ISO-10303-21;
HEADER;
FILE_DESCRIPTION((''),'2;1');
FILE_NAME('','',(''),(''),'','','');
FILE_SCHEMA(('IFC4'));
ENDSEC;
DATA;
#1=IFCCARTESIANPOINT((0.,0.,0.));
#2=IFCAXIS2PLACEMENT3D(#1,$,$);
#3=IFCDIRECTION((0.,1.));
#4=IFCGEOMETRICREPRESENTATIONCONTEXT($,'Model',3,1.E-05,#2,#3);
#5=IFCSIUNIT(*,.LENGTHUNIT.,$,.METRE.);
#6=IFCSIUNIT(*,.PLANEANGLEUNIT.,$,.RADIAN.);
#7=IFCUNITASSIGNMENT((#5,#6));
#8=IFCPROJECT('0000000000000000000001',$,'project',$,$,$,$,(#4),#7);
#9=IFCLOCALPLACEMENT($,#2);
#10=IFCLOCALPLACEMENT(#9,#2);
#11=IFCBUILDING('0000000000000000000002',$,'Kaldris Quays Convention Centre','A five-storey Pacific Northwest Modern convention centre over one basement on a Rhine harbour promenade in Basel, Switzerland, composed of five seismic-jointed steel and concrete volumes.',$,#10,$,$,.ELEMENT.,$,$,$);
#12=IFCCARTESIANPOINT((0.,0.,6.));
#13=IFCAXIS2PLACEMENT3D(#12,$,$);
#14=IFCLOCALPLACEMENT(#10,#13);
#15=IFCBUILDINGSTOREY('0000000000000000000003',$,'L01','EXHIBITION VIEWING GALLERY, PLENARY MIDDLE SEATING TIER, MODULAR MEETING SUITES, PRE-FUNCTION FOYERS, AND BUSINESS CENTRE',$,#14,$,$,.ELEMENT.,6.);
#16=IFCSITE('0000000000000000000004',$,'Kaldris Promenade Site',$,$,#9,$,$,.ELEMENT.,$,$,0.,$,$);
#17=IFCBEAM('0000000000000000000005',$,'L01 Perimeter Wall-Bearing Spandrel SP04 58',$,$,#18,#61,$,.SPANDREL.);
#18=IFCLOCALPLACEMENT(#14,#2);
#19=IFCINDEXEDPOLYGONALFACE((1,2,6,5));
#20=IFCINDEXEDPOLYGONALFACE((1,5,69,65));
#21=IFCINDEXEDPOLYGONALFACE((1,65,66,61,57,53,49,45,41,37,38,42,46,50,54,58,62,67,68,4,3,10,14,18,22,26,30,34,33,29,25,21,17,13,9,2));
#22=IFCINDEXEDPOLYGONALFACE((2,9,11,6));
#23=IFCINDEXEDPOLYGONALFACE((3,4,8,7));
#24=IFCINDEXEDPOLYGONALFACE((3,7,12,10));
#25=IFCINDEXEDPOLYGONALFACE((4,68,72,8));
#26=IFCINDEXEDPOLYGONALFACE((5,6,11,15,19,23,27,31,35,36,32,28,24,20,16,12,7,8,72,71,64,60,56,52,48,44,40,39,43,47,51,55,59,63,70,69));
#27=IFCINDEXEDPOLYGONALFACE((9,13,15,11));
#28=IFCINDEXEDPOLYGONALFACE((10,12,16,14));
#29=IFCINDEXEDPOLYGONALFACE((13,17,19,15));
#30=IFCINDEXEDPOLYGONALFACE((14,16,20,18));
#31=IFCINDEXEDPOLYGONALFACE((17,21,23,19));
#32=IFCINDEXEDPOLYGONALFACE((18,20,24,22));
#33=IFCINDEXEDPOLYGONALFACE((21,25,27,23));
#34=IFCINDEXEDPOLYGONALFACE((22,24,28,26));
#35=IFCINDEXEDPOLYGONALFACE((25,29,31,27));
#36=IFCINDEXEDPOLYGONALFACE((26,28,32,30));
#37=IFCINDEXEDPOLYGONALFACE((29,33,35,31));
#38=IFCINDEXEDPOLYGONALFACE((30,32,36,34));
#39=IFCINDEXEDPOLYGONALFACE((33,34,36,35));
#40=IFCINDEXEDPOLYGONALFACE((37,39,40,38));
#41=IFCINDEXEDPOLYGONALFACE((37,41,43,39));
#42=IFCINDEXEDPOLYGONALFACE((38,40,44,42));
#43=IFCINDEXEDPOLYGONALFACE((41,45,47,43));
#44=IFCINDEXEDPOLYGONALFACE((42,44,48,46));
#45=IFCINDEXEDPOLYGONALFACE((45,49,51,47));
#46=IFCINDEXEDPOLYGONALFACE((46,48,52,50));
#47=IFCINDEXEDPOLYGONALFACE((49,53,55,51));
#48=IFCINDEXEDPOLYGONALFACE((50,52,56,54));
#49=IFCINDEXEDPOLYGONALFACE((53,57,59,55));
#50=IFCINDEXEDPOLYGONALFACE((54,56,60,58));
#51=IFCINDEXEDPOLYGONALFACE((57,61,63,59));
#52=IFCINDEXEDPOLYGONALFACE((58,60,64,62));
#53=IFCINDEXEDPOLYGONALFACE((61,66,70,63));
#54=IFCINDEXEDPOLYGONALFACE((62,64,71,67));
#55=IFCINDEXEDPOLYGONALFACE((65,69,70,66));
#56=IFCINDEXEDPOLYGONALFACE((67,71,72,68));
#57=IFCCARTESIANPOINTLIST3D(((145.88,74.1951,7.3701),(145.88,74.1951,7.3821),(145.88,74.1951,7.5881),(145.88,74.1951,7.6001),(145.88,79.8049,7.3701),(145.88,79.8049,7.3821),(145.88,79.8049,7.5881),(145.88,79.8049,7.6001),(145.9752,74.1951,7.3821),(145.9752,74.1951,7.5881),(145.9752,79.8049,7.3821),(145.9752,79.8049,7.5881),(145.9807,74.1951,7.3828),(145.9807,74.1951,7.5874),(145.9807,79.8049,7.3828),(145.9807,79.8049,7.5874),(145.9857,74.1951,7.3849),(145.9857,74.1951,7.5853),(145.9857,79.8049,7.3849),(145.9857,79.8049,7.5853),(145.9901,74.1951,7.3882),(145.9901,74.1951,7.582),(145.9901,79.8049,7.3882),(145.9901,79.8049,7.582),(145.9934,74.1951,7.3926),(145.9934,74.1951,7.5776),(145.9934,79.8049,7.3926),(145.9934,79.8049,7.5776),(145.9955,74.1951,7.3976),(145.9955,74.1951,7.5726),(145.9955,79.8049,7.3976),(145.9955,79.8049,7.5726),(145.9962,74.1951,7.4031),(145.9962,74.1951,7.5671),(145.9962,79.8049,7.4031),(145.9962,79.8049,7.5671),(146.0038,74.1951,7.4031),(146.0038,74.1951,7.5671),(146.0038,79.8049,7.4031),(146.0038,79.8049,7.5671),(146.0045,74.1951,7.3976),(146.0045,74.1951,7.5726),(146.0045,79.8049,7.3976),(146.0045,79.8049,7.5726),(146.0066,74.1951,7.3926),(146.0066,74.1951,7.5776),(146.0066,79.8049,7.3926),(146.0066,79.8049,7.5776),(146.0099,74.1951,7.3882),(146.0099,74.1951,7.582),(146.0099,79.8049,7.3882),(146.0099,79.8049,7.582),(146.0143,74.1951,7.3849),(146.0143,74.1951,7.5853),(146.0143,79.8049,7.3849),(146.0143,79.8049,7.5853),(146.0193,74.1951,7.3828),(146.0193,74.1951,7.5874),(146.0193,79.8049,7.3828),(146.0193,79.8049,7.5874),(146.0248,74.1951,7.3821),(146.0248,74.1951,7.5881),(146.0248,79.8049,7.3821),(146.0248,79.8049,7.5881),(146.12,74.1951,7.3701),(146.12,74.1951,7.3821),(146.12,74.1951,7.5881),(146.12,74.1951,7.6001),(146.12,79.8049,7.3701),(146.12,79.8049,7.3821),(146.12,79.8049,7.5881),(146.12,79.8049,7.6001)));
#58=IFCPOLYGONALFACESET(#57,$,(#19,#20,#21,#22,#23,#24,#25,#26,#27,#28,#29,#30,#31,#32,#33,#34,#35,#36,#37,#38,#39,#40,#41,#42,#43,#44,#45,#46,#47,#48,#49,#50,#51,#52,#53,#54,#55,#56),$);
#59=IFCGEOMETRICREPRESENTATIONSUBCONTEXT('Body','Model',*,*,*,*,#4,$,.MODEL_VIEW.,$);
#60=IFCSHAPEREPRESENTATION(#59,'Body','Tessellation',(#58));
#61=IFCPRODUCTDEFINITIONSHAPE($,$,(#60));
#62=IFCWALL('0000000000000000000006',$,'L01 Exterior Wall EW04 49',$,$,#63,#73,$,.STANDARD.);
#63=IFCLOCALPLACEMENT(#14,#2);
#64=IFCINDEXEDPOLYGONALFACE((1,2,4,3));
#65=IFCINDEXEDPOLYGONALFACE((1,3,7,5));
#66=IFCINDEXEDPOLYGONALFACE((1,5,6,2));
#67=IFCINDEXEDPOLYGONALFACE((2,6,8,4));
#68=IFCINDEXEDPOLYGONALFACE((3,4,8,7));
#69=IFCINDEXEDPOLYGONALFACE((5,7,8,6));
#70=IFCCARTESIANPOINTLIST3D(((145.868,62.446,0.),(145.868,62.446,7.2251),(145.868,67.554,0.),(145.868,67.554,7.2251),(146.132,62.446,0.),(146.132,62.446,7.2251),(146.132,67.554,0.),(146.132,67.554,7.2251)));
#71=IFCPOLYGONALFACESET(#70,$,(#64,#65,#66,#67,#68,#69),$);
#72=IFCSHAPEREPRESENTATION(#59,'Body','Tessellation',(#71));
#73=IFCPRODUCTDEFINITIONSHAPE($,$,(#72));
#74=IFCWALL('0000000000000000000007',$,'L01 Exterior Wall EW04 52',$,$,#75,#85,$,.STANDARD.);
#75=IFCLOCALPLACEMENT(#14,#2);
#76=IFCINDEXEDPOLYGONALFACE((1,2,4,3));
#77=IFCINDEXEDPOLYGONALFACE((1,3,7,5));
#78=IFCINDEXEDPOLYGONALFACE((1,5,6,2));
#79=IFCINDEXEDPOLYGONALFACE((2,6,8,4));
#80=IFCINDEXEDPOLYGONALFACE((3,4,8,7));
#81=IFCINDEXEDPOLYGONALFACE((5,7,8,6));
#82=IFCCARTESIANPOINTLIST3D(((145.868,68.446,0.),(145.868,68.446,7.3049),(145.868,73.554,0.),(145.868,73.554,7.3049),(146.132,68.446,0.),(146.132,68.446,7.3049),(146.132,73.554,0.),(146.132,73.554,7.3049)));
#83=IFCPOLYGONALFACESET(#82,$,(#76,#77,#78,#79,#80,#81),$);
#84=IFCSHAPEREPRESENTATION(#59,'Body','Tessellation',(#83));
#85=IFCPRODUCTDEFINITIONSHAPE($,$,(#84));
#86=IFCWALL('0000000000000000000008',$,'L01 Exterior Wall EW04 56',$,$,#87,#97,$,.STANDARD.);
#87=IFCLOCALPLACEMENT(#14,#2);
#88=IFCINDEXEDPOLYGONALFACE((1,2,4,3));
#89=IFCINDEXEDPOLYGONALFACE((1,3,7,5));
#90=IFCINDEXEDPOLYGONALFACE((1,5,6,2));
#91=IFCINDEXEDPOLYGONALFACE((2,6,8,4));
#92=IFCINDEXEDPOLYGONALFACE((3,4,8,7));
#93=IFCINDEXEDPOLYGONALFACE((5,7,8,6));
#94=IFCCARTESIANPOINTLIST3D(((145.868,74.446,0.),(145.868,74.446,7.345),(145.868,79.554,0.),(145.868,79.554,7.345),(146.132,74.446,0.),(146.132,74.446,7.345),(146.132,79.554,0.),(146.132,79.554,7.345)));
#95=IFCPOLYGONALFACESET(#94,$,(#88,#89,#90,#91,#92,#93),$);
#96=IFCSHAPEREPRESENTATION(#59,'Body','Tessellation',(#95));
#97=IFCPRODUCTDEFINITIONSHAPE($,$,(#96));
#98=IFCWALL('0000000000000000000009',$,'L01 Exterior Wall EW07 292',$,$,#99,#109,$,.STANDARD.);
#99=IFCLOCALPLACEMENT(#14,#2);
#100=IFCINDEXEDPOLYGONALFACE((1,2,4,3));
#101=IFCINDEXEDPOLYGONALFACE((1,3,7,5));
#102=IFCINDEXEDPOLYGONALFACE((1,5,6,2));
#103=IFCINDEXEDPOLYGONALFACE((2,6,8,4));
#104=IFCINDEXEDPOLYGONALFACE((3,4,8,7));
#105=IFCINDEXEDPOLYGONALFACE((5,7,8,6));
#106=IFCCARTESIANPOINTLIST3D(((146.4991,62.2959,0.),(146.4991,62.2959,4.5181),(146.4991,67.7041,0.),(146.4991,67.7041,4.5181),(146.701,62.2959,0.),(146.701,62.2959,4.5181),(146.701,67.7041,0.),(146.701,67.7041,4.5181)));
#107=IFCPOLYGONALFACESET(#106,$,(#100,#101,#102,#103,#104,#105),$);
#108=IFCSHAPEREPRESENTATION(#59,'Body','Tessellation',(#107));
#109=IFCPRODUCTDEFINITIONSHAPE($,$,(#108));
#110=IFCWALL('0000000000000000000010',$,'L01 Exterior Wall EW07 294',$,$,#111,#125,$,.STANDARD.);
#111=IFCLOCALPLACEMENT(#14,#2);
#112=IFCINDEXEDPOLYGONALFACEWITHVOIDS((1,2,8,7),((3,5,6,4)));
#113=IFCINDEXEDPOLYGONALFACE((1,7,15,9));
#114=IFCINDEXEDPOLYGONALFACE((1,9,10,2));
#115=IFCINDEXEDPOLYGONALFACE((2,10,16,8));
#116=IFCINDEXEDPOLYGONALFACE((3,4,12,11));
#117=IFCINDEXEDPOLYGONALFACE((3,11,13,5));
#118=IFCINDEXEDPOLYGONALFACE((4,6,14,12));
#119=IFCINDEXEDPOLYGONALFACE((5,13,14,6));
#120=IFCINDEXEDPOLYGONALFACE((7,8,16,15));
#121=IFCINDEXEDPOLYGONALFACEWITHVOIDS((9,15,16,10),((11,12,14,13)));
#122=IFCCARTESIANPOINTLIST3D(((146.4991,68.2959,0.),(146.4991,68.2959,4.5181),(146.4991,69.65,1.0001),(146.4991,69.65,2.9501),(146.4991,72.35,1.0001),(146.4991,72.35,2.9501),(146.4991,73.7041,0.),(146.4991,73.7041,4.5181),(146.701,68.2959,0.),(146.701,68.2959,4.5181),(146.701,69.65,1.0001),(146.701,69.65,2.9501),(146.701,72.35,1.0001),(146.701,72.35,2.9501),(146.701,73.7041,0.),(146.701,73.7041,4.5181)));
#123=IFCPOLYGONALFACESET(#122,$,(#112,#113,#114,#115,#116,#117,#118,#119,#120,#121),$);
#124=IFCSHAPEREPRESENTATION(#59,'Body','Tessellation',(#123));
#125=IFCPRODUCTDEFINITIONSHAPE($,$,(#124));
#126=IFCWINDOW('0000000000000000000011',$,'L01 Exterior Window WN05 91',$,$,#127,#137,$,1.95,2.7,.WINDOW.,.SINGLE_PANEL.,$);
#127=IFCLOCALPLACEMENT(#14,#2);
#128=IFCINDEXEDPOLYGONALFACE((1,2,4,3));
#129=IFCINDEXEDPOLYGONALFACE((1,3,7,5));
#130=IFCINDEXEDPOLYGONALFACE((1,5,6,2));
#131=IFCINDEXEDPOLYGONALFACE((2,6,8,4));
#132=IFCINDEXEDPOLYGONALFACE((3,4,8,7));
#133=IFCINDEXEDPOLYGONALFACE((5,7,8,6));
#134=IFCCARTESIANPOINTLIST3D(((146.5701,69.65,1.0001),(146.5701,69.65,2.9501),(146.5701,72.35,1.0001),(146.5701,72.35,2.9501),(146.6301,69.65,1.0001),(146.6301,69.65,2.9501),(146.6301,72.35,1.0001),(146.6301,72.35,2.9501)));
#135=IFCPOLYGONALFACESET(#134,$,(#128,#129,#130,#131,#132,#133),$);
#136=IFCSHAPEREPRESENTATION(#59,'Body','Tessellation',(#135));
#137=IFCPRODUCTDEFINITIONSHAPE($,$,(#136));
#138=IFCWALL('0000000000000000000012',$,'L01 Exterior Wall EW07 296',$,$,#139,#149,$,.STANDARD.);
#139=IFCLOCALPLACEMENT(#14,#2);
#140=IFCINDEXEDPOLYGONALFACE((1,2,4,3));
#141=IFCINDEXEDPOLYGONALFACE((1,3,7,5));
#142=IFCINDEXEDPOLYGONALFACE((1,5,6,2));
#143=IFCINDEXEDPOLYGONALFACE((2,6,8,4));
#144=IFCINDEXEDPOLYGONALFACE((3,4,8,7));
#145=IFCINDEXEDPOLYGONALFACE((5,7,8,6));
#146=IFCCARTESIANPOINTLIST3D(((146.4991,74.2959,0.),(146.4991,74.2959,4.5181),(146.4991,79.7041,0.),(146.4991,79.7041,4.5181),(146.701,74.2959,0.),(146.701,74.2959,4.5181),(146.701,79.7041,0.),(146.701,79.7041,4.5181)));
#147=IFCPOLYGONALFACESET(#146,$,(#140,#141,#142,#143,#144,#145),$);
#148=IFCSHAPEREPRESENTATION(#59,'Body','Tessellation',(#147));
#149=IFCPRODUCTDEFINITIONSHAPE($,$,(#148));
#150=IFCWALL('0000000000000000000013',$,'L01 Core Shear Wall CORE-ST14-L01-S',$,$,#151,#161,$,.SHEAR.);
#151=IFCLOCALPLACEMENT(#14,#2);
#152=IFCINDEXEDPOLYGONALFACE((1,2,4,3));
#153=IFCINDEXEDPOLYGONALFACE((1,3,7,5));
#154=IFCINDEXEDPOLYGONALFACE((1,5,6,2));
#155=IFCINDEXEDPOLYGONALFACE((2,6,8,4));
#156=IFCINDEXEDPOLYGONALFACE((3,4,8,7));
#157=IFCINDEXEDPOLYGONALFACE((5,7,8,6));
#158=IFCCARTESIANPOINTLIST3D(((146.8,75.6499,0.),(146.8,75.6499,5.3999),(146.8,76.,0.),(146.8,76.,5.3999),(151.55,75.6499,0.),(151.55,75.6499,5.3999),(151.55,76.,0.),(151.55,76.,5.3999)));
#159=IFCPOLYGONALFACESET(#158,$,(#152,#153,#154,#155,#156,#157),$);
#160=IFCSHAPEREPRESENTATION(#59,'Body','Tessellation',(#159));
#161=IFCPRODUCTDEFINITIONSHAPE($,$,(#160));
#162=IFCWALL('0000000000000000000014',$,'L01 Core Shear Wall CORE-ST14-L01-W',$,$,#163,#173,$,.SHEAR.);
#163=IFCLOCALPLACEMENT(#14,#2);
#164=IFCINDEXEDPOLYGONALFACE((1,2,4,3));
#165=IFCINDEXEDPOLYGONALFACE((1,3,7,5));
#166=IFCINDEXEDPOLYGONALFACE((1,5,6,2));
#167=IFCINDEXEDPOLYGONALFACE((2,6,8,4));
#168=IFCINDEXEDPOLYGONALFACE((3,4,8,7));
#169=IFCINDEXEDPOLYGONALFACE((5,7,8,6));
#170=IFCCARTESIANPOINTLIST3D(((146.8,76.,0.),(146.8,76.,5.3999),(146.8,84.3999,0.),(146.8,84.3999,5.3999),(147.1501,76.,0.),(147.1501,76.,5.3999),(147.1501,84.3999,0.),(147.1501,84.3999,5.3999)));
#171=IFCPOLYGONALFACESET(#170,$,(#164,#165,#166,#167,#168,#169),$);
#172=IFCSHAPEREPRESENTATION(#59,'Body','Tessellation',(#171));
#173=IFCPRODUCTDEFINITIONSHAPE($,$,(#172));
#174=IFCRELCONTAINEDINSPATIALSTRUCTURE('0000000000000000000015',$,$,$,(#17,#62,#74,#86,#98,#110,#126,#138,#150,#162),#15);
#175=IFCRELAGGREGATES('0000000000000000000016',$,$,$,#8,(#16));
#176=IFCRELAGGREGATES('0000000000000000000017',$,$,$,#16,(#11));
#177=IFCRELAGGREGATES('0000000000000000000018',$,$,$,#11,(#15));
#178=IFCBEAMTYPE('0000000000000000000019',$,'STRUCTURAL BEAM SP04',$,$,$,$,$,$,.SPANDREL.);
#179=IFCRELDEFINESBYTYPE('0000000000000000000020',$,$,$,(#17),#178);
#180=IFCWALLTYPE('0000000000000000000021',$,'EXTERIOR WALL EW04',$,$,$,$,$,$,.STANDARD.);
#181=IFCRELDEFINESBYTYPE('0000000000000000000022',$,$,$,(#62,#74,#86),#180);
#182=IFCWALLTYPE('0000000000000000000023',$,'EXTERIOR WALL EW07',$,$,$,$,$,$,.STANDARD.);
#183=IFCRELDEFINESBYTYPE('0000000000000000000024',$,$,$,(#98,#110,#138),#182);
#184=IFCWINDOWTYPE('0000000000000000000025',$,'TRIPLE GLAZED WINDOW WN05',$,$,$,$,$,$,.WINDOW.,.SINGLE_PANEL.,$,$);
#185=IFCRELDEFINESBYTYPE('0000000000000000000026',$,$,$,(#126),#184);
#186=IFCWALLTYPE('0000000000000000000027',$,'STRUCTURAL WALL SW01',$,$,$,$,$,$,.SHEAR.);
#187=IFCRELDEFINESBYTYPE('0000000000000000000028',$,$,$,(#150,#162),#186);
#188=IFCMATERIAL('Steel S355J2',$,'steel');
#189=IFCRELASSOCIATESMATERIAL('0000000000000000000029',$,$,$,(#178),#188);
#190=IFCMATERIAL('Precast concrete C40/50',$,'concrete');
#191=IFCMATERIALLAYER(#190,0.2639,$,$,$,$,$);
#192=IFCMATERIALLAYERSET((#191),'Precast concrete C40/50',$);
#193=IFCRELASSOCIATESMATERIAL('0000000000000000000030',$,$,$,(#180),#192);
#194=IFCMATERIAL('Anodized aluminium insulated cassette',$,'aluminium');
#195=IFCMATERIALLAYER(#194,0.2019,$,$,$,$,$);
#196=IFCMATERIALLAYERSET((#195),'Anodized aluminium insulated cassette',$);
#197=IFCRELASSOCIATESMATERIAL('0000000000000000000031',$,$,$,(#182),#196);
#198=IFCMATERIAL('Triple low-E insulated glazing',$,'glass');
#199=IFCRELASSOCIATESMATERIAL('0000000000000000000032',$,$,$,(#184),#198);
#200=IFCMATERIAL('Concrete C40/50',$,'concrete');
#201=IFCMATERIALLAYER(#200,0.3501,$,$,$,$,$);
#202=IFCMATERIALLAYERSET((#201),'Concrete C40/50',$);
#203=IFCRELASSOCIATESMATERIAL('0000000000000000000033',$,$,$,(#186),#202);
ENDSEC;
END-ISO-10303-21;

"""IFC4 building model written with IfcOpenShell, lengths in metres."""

from ifc_helpers import new_model, si_unit, direction, frame, frame_2d, origin, origin_2d, place, context, subcontext, project, spatial, rectangle, i_section, extrude, material, layer, layer_set, material_profile, profile_set, type_object, element, fill, save


model = new_model("IFC4")

# Units and contexts
model_context = context("Model", 3, precision=1e-05, world=origin(), true_north=direction((0.0, 1.0)))
body_context = subcontext(model_context, "Body", "Model", "MODEL_VIEW")
ifc_project = project(units=[si_unit("LENGTHUNIT", "METRE"), si_unit("PLANEANGLEUNIT", "RADIAN")], contexts=[model_context])

# Site, building, storey
site_placement = place(None, origin())
site = spatial("IfcSite", under=ifc_project, at=site_placement, Name="Kaldris Promenade Site", CompositionType="ELEMENT", RefElevation=0.0)
building_placement = place(site_placement, origin())
building = spatial("IfcBuilding", under=site, at=building_placement, Name="Kaldris Quays Convention Centre", Description="A five-storey Pacific Northwest Modern convention centre over one basement on a Rhine harbour promenade in Basel, Switzerland, composed of five seismic-jointed steel and concrete volumes.", CompositionType="ELEMENT")
storey_placement = place(building_placement, frame((0.0, 0.0, 6.0)))
storey = spatial("IfcBuildingStorey", under=building, at=storey_placement, Name="L01", Description="EXHIBITION VIEWING GALLERY, PLENARY MIDDLE SEATING TIER, MODULAR MEETING SUITES, PRE-FUNCTION FOYERS, AND BUSINESS CENTRE", CompositionType="ELEMENT", Elevation=6.0)

# Shared definitions
ifc_material_1 = material(Name="Steel S355J2", Category="steel")

# Beam
ifc_material_profile_1 = material_profile(ifc_material_1, i_section(OverallWidth=0.24, OverallDepth=0.23, WebThickness=0.0076, FlangeThickness=0.012, FilletRadius=0.021, at=origin_2d()), Name="HEA 240")
ifc_profile_set_1 = profile_set([ifc_material_profile_1], Name="Steel S355J2")
beam_type_1 = type_object("IfcBeamType", Name="STRUCTURAL BEAM SP04", PredefinedType="SPANDREL", material=ifc_profile_set_1)
beam_1_placement = place(storey_placement, frame((146.0, 74.1951, 7.4851), z_axis=(0.0, 1.0, 0.0), x_axis=(-1.0, 0.0, 0.0)))
element("IfcBeam", 1, at=beam_1_placement, inside=storey, type_object=beam_type_1, Name="L01 Perimeter Wall-Bearing Spandrel SP04 58", PredefinedType="SPANDREL", context=body_context, shape_type="SweptSolid", body=[
    extrude(i_section(OverallWidth=0.24, OverallDepth=0.23, WebThickness=0.0076, FlangeThickness=0.012, FilletRadius=0.021, at=origin_2d()), origin(), (0.0, 0.0, 1.0), 5.6099),
])

# Walls
ifc_material_2 = material(Name="Precast concrete C40/50", Category="concrete")
ifc_layer_1 = layer(ifc_material_2, 0.2639)
ifc_layer_set_1 = layer_set([ifc_layer_1], Name="Precast concrete C40/50")
wall_type_1 = type_object("IfcWallType", Name="EXTERIOR WALL EW04", PredefinedType="STANDARD", material=ifc_layer_set_1)
wall_1_placement = place(storey_placement, frame((146.0, 62.446, 0.0), z_axis=(0.0, 0.0, 1.0), x_axis=(0.0, 1.0, 0.0)))
element("IfcWall", 2, at=wall_1_placement, inside=storey, type_object=wall_type_1, Name="L01 Exterior Wall EW04 49", PredefinedType="STANDARD", context=body_context, shape_type="SweptSolid", body=[
    extrude(rectangle(XDim=5.1079, YDim=0.2639, at=frame_2d((2.554, 0.0))), origin(), (0.0, 0.0, 1.0), 7.2251),
])
wall_2_placement = place(storey_placement, frame((146.0, 68.446, 0.0), z_axis=(0.0, 0.0, 1.0), x_axis=(0.0, 1.0, 0.0)))
element("IfcWall", 3, at=wall_2_placement, inside=storey, type_object=wall_type_1, Name="L01 Exterior Wall EW04 52", PredefinedType="STANDARD", context=body_context, shape_type="SweptSolid", body=[
    extrude(rectangle(XDim=5.1079, YDim=0.2639, at=frame_2d((2.554, 0.0))), origin(), (0.0, 0.0, 1.0), 7.3049),
])
wall_3_placement = place(storey_placement, frame((146.0, 74.446, 0.0), z_axis=(0.0, 0.0, 1.0), x_axis=(0.0, 1.0, 0.0)))
element("IfcWall", 4, at=wall_3_placement, inside=storey, type_object=wall_type_1, Name="L01 Exterior Wall EW04 56", PredefinedType="STANDARD", context=body_context, shape_type="SweptSolid", body=[
    extrude(rectangle(XDim=5.1079, YDim=0.2639, at=frame_2d((2.554, 0.0))), origin(), (0.0, 0.0, 1.0), 7.345),
])
ifc_material_3 = material(Name="Anodized aluminium insulated cassette", Category="aluminium")
ifc_layer_2 = layer(ifc_material_3, 0.2019)
ifc_layer_set_2 = layer_set([ifc_layer_2], Name="Anodized aluminium insulated cassette")
wall_type_2 = type_object("IfcWallType", Name="EXTERIOR WALL EW07", PredefinedType="STANDARD", material=ifc_layer_set_2)
wall_4_placement = place(storey_placement, frame((146.6001, 62.2959, 0.0), z_axis=(0.0, 0.0, 1.0), x_axis=(0.0, 1.0, 0.0)))
element("IfcWall", 5, at=wall_4_placement, inside=storey, type_object=wall_type_2, Name="L01 Exterior Wall EW07 292", PredefinedType="STANDARD", context=body_context, shape_type="SweptSolid", body=[
    extrude(rectangle(XDim=5.4082, YDim=0.2019, at=frame_2d((2.7041, 0.0))), origin(), (0.0, 0.0, 1.0), 4.5181),
])

# Wall, opening, window
wall_5_placement = place(storey_placement, frame((146.6001, 68.2959, 0.0), z_axis=(0.0, 0.0, 1.0), x_axis=(0.0, 1.0, 0.0)))
wall_5 = element("IfcWall", 6, at=wall_5_placement, inside=storey, type_object=wall_type_2, Name="L01 Exterior Wall EW07 294", PredefinedType="STANDARD", context=body_context, shape_type="SweptSolid", body=[
    extrude(rectangle(XDim=5.4082, YDim=0.2019, at=frame_2d((2.7041, 0.0))), origin(), (0.0, 0.0, 1.0), 4.5181),
])
opening_1_placement = place(wall_5_placement, frame((1.354, 0.0, 1.0)))
opening_1 = element("IfcOpeningElement", 7, at=opening_1_placement, cuts=wall_5, PredefinedType="OPENING", context=body_context, shape_type="SweptSolid", body=[
    extrude(rectangle(XDim=2.7, YDim=1.95, at=frame_2d((1.3501, 0.9751))), frame((0.0, 0.1108, 0.0), z_axis=(0.0, -1.0, 0.0), x_axis=(1.0, 0.0, 0.0)), (0.0, 0.0, 1.0), 0.2219),
])
ifc_material_4 = material(Name="Triple low-E insulated glazing", Category="glass")
window_type = type_object("IfcWindowType", Name="TRIPLE GLAZED WINDOW WN05", PartitioningType="SINGLE_PANEL", PredefinedType="WINDOW", material=ifc_material_4)
window_placement = place(opening_1_placement, origin())
window = element("IfcWindow", 8, at=window_placement, inside=storey, type_object=window_type, Name="L01 Exterior Window WN05 91", OverallHeight=1.95, OverallWidth=2.7, PartitioningType="SINGLE_PANEL", PredefinedType="WINDOW", context=body_context, shape_type="SweptSolid", body=[
    extrude(rectangle(XDim=2.7, YDim=1.95, at=frame_2d((1.3501, 0.9751))), frame((0.0, 0.03, 0.0), z_axis=(0.0, -1.0, 0.0), x_axis=(1.0, 0.0, 0.0)), (0.0, 0.0, 1.0), 0.0601),
])
fill(opening_1, window)

# Walls
wall_6_placement = place(storey_placement, frame((146.6001, 74.2959, 0.0), z_axis=(0.0, 0.0, 1.0), x_axis=(0.0, 1.0, 0.0)))
element("IfcWall", 9, at=wall_6_placement, inside=storey, type_object=wall_type_2, Name="L01 Exterior Wall EW07 296", PredefinedType="STANDARD", context=body_context, shape_type="SweptSolid", body=[
    extrude(rectangle(XDim=5.4082, YDim=0.2019, at=frame_2d((2.7041, 0.0))), origin(), (0.0, 0.0, 1.0), 4.5181),
])
ifc_material_5 = material(Name="Concrete C40/50", Category="concrete")
ifc_layer_3 = layer(ifc_material_5, 0.3501)
ifc_layer_set_3 = layer_set([ifc_layer_3], Name="Concrete C40/50")
wall_type_3 = type_object("IfcWallType", Name="STRUCTURAL WALL SW01", PredefinedType="SHEAR", material=ifc_layer_set_3)
wall_7_placement = place(storey_placement, frame((146.8, 75.825, 0.0), z_axis=(0.0, 0.0, 1.0), x_axis=(1.0, 0.0, 0.0)))
element("IfcWall", 10, at=wall_7_placement, inside=storey, type_object=wall_type_3, Name="L01 Core Shear Wall CORE-ST14-L01-S", PredefinedType="SHEAR", context=body_context, shape_type="SweptSolid", body=[
    extrude(rectangle(XDim=4.75, YDim=0.3501, at=frame_2d((2.375, 0.0))), origin(), (0.0, 0.0, 1.0), 5.3999),
])
wall_8_placement = place(storey_placement, frame((146.9751, 76.0, 0.0), z_axis=(0.0, 0.0, 1.0), x_axis=(0.0, 1.0, 0.0)))
element("IfcWall", 11, at=wall_8_placement, inside=storey, type_object=wall_type_3, Name="L01 Core Shear Wall CORE-ST14-L01-W", PredefinedType="SHEAR", context=body_context, shape_type="SweptSolid", body=[
    extrude(rectangle(XDim=8.3999, YDim=0.3501, at=frame_2d((4.2, 0.0))), origin(), (0.0, 0.0, 1.0), 5.3999),
])

save(model, "model.ifc")
